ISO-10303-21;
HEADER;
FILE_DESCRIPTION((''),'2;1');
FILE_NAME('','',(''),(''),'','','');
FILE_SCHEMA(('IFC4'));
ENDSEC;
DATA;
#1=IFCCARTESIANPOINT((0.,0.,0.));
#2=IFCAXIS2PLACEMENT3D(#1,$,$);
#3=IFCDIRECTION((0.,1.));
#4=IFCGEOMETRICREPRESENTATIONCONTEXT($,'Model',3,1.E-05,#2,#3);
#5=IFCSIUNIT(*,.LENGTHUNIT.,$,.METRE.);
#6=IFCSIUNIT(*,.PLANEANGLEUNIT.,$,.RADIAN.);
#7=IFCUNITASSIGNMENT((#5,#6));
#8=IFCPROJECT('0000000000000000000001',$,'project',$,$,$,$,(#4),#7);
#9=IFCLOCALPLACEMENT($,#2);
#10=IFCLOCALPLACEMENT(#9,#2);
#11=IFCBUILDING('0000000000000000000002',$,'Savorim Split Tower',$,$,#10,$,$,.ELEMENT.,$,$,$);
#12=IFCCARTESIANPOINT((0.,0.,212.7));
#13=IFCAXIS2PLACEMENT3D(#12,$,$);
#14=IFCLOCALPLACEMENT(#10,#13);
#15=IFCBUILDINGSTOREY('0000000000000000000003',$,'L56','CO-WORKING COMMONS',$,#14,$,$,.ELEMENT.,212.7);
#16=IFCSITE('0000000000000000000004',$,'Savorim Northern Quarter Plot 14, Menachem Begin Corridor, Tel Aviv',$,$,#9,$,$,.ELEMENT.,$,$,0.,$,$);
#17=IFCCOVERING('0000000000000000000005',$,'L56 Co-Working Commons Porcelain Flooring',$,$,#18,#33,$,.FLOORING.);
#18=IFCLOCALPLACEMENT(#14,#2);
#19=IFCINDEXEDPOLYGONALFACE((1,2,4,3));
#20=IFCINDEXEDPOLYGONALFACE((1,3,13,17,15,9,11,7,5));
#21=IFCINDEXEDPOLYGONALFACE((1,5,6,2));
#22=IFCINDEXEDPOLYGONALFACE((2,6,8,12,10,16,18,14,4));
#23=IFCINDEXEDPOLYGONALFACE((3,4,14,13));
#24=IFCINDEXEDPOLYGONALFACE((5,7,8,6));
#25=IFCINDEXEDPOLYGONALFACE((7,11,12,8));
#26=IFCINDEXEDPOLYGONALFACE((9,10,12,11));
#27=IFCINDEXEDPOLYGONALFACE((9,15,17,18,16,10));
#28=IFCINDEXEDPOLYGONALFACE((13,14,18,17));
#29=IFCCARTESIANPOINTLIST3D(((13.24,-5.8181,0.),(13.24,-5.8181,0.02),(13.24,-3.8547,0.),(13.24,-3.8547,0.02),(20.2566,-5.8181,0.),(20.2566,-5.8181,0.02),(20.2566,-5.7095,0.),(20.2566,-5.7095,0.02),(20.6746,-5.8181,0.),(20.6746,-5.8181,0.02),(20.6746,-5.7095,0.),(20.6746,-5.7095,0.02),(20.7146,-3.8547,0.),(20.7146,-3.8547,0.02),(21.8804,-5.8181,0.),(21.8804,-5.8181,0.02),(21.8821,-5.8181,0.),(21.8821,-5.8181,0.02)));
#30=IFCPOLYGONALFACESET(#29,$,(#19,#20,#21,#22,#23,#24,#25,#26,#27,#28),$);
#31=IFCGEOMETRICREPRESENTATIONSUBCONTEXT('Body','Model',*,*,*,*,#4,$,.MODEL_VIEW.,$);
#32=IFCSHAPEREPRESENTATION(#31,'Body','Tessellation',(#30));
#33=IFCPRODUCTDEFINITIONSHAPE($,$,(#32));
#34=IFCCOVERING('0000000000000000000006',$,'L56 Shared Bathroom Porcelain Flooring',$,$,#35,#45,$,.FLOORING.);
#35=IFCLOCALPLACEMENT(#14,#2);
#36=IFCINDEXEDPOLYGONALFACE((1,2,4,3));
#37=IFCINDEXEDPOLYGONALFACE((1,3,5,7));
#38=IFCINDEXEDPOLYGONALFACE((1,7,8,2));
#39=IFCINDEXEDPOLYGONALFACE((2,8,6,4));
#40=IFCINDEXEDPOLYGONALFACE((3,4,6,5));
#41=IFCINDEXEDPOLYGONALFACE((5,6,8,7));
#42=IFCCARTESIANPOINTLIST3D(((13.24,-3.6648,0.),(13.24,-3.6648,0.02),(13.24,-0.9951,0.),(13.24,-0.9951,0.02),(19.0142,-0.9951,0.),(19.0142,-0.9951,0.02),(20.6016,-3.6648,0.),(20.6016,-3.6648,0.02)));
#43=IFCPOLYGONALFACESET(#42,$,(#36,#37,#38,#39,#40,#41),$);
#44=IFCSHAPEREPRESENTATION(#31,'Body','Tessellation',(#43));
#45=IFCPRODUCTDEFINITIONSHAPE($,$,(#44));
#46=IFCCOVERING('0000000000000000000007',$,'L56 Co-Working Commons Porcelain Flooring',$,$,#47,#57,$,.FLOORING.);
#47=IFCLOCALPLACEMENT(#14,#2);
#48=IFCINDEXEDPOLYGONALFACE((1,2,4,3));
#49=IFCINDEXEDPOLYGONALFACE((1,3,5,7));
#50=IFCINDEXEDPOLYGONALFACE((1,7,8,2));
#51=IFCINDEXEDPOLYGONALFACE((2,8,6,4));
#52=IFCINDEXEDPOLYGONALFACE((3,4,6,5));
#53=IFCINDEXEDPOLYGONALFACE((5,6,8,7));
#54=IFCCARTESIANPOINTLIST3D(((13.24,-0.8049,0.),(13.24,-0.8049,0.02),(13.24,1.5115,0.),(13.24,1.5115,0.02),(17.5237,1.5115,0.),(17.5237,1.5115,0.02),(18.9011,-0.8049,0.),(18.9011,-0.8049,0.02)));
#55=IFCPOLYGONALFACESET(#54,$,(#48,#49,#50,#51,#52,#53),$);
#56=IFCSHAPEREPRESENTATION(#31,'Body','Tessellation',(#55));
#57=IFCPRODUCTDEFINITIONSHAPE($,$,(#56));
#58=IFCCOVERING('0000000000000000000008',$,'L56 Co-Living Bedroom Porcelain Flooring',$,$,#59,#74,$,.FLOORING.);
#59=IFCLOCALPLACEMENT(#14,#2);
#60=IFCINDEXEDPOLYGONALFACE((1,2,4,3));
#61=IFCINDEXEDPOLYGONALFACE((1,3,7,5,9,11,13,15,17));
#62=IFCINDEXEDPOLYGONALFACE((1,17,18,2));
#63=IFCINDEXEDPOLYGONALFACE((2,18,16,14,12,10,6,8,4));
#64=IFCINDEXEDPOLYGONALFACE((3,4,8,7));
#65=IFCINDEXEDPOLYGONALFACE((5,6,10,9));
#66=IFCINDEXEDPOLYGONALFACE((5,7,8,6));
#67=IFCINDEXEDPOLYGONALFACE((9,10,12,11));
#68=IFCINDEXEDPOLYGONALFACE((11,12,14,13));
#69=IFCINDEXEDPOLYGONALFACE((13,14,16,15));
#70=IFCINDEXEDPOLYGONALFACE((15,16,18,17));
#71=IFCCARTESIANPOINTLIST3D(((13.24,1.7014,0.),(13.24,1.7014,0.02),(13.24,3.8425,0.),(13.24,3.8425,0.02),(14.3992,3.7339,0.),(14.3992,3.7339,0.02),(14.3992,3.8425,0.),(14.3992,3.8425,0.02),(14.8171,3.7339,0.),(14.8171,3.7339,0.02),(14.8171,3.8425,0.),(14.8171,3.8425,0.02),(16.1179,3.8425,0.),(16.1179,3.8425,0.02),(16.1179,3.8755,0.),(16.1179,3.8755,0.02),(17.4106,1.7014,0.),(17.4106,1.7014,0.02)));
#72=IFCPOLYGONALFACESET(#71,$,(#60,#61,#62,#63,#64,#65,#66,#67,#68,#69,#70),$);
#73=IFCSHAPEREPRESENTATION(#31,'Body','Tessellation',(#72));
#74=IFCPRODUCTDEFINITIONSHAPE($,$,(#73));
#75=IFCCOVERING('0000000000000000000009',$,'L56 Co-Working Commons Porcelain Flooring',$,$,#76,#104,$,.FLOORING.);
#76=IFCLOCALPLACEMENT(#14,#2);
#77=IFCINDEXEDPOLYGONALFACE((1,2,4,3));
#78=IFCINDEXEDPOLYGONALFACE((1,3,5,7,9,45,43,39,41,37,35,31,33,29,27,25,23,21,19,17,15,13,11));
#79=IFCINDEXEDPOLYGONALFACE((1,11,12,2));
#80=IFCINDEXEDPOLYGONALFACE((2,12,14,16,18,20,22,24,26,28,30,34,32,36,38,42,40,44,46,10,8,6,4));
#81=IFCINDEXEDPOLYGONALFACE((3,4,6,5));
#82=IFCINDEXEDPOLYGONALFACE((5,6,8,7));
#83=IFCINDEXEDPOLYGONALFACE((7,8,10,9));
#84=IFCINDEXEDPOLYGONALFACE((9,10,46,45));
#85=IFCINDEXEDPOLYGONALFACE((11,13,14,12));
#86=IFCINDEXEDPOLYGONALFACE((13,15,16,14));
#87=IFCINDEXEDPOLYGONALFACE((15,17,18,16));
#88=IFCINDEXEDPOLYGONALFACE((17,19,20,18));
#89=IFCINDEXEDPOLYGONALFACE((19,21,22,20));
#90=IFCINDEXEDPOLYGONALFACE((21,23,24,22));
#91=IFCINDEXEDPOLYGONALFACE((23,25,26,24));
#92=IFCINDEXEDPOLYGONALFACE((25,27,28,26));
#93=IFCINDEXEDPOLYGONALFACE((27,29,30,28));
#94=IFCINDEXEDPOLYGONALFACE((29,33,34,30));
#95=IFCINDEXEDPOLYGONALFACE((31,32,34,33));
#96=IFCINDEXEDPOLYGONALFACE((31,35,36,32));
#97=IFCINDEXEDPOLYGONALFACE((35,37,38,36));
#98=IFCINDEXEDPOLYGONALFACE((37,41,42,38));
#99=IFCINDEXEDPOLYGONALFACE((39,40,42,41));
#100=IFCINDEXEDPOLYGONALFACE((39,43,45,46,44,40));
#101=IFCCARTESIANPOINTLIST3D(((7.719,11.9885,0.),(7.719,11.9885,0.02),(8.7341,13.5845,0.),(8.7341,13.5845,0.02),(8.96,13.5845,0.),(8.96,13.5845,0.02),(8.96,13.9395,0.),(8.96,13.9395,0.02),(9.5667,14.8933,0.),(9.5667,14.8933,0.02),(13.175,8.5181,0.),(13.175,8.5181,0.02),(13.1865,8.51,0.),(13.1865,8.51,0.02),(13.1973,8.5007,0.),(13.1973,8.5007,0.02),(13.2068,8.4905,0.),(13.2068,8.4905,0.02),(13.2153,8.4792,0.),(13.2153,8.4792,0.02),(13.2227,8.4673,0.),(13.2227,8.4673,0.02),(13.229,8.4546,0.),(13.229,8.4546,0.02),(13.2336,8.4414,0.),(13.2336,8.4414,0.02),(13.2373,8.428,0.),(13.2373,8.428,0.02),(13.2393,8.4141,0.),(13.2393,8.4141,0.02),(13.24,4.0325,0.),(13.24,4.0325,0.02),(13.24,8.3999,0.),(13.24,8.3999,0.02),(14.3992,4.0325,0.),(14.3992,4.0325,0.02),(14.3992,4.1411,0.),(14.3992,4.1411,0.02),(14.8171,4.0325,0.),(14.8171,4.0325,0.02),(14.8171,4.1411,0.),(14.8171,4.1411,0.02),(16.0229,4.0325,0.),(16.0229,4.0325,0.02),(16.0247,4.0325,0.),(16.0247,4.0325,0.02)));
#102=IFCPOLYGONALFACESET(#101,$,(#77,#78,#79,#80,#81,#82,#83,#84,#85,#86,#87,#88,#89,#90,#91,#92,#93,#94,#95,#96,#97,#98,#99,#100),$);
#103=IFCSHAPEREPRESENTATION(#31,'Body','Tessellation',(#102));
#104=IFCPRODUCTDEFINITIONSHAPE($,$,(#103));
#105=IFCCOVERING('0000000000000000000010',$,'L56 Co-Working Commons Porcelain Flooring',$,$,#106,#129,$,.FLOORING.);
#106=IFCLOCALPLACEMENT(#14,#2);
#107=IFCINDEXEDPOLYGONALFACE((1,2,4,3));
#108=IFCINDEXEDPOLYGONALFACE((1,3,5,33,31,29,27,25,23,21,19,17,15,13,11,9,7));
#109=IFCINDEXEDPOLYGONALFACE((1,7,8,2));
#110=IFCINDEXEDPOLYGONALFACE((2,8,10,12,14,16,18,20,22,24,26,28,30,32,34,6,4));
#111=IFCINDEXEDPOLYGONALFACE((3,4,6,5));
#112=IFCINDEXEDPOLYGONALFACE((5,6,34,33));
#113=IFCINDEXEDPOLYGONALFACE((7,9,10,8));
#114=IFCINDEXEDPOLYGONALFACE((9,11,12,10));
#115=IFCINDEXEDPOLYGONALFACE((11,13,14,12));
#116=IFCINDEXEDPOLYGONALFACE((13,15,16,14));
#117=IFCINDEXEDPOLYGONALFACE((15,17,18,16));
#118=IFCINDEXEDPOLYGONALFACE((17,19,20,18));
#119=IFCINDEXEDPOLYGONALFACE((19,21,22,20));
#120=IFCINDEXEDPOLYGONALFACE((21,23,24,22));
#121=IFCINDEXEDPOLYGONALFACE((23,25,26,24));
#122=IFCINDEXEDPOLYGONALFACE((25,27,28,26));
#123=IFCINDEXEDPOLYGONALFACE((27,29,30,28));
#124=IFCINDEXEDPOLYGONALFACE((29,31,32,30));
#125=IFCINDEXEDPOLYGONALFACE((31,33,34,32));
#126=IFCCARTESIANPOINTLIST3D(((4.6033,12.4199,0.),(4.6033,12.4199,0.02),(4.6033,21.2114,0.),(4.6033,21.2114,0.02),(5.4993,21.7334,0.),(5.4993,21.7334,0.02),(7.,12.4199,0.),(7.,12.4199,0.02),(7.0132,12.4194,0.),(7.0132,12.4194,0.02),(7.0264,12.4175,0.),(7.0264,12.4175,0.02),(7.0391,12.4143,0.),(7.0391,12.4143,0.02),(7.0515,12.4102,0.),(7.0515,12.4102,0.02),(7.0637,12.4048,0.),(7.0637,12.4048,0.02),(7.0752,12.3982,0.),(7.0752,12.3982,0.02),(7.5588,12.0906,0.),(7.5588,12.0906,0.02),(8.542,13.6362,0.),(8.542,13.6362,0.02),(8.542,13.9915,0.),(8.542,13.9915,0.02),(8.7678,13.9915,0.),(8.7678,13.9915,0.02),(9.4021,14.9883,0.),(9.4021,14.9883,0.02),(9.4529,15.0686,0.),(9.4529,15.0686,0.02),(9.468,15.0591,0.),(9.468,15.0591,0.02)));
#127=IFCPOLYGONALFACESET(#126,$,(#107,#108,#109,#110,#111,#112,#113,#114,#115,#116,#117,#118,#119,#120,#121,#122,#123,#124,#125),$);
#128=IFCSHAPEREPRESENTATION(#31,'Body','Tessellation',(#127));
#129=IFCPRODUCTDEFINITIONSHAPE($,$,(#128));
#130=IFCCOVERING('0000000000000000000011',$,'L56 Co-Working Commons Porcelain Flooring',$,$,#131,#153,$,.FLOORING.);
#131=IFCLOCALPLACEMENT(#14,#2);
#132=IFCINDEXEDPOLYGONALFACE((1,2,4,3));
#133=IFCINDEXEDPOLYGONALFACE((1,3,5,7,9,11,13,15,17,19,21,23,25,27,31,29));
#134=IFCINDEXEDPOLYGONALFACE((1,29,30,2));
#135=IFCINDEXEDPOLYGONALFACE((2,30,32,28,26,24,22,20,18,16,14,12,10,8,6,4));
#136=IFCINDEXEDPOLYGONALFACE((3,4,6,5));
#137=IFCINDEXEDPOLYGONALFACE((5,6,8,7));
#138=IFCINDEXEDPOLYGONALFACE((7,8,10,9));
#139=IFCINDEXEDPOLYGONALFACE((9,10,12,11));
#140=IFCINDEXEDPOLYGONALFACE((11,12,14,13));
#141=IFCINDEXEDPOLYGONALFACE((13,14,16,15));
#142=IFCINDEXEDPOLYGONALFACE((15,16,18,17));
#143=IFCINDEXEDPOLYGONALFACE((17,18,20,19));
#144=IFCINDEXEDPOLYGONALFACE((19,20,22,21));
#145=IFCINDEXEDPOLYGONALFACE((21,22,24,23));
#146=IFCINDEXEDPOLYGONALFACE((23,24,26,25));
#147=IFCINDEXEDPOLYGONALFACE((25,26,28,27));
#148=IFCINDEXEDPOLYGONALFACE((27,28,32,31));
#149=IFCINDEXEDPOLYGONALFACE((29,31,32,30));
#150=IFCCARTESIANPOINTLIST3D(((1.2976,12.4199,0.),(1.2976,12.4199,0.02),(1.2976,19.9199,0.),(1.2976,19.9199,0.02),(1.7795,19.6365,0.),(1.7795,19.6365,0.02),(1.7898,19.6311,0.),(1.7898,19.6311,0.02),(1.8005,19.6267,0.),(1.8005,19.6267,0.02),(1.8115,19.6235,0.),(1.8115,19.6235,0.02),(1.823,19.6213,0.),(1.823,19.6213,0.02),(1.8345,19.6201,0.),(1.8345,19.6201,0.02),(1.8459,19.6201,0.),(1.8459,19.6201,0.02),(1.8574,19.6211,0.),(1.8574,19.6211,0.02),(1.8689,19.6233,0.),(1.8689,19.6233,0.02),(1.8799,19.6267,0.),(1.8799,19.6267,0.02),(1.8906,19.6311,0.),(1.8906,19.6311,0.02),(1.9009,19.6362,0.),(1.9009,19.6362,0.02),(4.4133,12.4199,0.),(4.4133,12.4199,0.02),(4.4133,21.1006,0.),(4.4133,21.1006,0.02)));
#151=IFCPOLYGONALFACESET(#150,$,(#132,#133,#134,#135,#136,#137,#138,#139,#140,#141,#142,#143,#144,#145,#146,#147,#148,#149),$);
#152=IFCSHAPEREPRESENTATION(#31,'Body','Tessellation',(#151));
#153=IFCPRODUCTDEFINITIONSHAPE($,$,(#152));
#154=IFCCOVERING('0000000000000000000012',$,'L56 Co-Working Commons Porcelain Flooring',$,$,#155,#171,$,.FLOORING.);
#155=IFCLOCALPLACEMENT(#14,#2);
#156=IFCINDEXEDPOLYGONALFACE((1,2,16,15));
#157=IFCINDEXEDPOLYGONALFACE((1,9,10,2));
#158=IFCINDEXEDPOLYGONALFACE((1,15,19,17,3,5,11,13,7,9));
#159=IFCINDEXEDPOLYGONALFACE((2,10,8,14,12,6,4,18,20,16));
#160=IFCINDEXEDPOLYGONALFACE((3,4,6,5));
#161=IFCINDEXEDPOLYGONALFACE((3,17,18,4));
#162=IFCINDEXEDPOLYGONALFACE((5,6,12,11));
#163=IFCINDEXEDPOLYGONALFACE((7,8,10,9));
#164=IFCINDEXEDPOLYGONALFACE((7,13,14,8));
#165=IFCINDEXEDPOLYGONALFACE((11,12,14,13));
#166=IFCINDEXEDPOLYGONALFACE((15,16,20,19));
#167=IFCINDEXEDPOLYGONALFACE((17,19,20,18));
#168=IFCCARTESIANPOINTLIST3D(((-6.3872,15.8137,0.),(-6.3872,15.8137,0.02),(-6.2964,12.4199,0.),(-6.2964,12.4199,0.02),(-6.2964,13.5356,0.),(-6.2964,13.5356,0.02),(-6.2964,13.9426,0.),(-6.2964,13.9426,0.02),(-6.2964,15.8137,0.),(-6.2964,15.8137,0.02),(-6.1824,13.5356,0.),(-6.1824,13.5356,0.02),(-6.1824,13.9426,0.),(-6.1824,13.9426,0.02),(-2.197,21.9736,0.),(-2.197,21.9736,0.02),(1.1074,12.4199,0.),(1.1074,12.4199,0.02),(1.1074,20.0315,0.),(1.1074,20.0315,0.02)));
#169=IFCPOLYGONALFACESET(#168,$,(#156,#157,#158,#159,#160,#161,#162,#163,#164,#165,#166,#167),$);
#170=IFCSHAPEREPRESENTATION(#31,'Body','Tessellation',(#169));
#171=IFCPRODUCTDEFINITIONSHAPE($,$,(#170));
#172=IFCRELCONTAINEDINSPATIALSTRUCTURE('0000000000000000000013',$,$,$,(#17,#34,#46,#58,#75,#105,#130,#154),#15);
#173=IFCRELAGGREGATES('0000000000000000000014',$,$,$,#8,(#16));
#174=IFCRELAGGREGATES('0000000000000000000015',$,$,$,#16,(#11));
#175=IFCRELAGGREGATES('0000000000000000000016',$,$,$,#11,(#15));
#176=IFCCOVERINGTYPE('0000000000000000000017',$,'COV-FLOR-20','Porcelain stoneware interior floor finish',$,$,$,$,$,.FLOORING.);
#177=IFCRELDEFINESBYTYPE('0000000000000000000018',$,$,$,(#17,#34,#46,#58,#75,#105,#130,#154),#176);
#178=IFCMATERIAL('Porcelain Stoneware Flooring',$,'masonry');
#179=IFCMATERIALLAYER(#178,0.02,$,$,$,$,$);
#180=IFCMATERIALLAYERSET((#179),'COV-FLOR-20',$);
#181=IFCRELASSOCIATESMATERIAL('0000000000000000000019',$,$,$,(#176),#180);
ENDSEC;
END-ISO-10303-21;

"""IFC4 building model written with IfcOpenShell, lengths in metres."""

from ifc_helpers import new_model, si_unit, direction, frame, origin, place, context, subcontext, project, spatial, polyline, outline, extrude, material, layer, layer_set, type_object, element, save


model = new_model("IFC4")

# Units and contexts
model_context = context("Model", 3, precision=1e-05, world=origin(), true_north=direction((0.0, 1.0)))
body_context = subcontext(model_context, "Body", "Model", "MODEL_VIEW")
ifc_project = project(units=[si_unit("LENGTHUNIT", "METRE"), si_unit("PLANEANGLEUNIT", "RADIAN")], contexts=[model_context])

# Site, building, storey
site_placement = place(None, origin())
site = spatial("IfcSite", under=ifc_project, at=site_placement, Name="Savorim Northern Quarter Plot 14, Menachem Begin Corridor, Tel Aviv", CompositionType="ELEMENT", RefElevation=0.0)
building_placement = place(site_placement, origin())
building = spatial("IfcBuilding", under=site, at=building_placement, Name="Savorim Split Tower", CompositionType="ELEMENT")
storey_placement = place(building_placement, frame((0.0, 0.0, 212.7)))
storey = spatial("IfcBuildingStorey", under=building, at=storey_placement, Name="L56", Description="CO-WORKING COMMONS", CompositionType="ELEMENT", Elevation=212.7)

# Coverings
ifc_material_1 = material(Name="Porcelain Stoneware Flooring", Category="masonry")
ifc_layer_1 = layer(ifc_material_1, 0.02)
ifc_layer_set_1 = layer_set([ifc_layer_1], Name="COV-FLOR-20")
covering_type_1 = type_object("IfcCoveringType", Name="COV-FLOR-20", Description="Porcelain stoneware interior floor finish", PredefinedType="FLOORING", material=ifc_layer_set_1)
covering_1_placement = place(storey_placement, origin())
element("IfcCovering", 1, at=covering_1_placement, inside=storey, type_object=covering_type_1, Name="L56 Co-Working Commons Porcelain Flooring", PredefinedType="FLOORING", context=body_context, shape_type="SweptSolid", body=[
    extrude(outline(polyline([(20.6746, -5.7095), (20.6746, -5.8181), (21.8804, -5.8181), (21.8821, -5.8181), (20.7146, -3.8547), (13.24, -3.8547), (13.24, -5.8181), (20.2566, -5.8181), (20.2566, -5.7095), (20.6746, -5.7095)])), origin(), (0.0, 0.0, 1.0), 0.02),
])
covering_2_placement = place(storey_placement, origin())
element("IfcCovering", 2, at=covering_2_placement, inside=storey, type_object=covering_type_1, Name="L56 Shared Bathroom Porcelain Flooring", PredefinedType="FLOORING", context=body_context, shape_type="SweptSolid", body=[
    extrude(outline(polyline([(20.6016, -3.6648), (19.0142, -0.9951), (13.24, -0.9951), (13.24, -3.6648), (20.6016, -3.6648)])), origin(), (0.0, 0.0, 1.0), 0.02),
])
covering_3_placement = place(storey_placement, origin())
element("IfcCovering", 3, at=covering_3_placement, inside=storey, type_object=covering_type_1, Name="L56 Co-Working Commons Porcelain Flooring", PredefinedType="FLOORING", context=body_context, shape_type="SweptSolid", body=[
    extrude(outline(polyline([(18.9011, -0.8049), (17.5237, 1.5115), (13.24, 1.5115), (13.24, -0.8049), (18.9011, -0.8049)])), origin(), (0.0, 0.0, 1.0), 0.02),
])
covering_4_placement = place(storey_placement, origin())
element("IfcCovering", 4, at=covering_4_placement, inside=storey, type_object=covering_type_1, Name="L56 Co-Living Bedroom Porcelain Flooring", PredefinedType="FLOORING", context=body_context, shape_type="SweptSolid", body=[
    extrude(outline(polyline([(14.3992, 3.7339), (14.3992, 3.8425), (13.24, 3.8425), (13.24, 1.7014), (17.4106, 1.7014), (16.1179, 3.8755), (16.1179, 3.8425), (14.8171, 3.8425), (14.8171, 3.7339), (14.3992, 3.7339)])), origin(), (0.0, 0.0, 1.0), 0.02),
])
covering_5_placement = place(storey_placement, origin())
element("IfcCovering", 5, at=covering_5_placement, inside=storey, type_object=covering_type_1, Name="L56 Co-Working Commons Porcelain Flooring", PredefinedType="FLOORING", context=body_context, shape_type="SweptSolid", body=[
    extrude(outline(polyline([(14.8171, 4.1411), (14.8171, 4.0325), (16.0229, 4.0325), (16.0247, 4.0325), (9.5667, 14.8933), (8.96, 13.9395), (8.96, 13.5845), (8.7341, 13.5845), (7.719, 11.9885), (13.175, 8.5181), (13.1865, 8.51), (13.1973, 8.5007), (13.2068, 8.4905), (13.2153, 8.4792), (13.2227, 8.4673), (13.229, 8.4546), (13.2336, 8.4414), (13.2373, 8.428), (13.2393, 8.4141), (13.24, 8.3999), (13.24, 4.0325), (14.3992, 4.0325), (14.3992, 4.1411), (14.8171, 4.1411)])), origin(), (0.0, 0.0, 1.0), 0.02),
])
covering_6_placement = place(storey_placement, origin())
element("IfcCovering", 6, at=covering_6_placement, inside=storey, type_object=covering_type_1, Name="L56 Co-Working Commons Porcelain Flooring", PredefinedType="FLOORING", context=body_context, shape_type="SweptSolid", body=[
    extrude(outline(polyline([(9.4529, 15.0686), (9.468, 15.0591), (5.4993, 21.7334), (4.6033, 21.2114), (4.6033, 12.4199), (7.0, 12.4199), (7.0132, 12.4194), (7.0264, 12.4175), (7.0391, 12.4143), (7.0515, 12.4102), (7.0637, 12.4048), (7.0752, 12.3982), (7.5588, 12.0906), (8.542, 13.6362), (8.542, 13.9915), (8.7678, 13.9915), (9.4021, 14.9883), (9.4529, 15.0686)])), origin(), (0.0, 0.0, 1.0), 0.02),
])
covering_7_placement = place(storey_placement, origin())
element("IfcCovering", 7, at=covering_7_placement, inside=storey, type_object=covering_type_1, Name="L56 Co-Working Commons Porcelain Flooring", PredefinedType="FLOORING", context=body_context, shape_type="SweptSolid", body=[
    extrude(outline(polyline([(1.8005, 19.6267), (1.7898, 19.6311), (1.7795, 19.6365), (1.2976, 19.9199), (1.2976, 12.4199), (4.4133, 12.4199), (4.4133, 21.1006), (1.9009, 19.6362), (1.8906, 19.6311), (1.8799, 19.6267), (1.8689, 19.6233), (1.8574, 19.6211), (1.8459, 19.6201), (1.8345, 19.6201), (1.823, 19.6213), (1.8115, 19.6235), (1.8005, 19.6267)])), origin(), (0.0, 0.0, 1.0), 0.02),
])
covering_8_placement = place(storey_placement, origin())
element("IfcCovering", 8, at=covering_8_placement, inside=storey, type_object=covering_type_1, Name="L56 Co-Working Commons Porcelain Flooring", PredefinedType="FLOORING", context=body_context, shape_type="SweptSolid", body=[
    extrude(outline(polyline([(-6.2964, 12.4199), (1.1074, 12.4199), (1.1074, 20.0315), (-2.197, 21.9736), (-6.3872, 15.8137), (-6.2964, 15.8137), (-6.2964, 13.9426), (-6.1824, 13.9426), (-6.1824, 13.5356), (-6.2964, 13.5356), (-6.2964, 12.4199)])), origin(), (0.0, 0.0, 1.0), 0.02),
])

save(model, "model.ifc")
